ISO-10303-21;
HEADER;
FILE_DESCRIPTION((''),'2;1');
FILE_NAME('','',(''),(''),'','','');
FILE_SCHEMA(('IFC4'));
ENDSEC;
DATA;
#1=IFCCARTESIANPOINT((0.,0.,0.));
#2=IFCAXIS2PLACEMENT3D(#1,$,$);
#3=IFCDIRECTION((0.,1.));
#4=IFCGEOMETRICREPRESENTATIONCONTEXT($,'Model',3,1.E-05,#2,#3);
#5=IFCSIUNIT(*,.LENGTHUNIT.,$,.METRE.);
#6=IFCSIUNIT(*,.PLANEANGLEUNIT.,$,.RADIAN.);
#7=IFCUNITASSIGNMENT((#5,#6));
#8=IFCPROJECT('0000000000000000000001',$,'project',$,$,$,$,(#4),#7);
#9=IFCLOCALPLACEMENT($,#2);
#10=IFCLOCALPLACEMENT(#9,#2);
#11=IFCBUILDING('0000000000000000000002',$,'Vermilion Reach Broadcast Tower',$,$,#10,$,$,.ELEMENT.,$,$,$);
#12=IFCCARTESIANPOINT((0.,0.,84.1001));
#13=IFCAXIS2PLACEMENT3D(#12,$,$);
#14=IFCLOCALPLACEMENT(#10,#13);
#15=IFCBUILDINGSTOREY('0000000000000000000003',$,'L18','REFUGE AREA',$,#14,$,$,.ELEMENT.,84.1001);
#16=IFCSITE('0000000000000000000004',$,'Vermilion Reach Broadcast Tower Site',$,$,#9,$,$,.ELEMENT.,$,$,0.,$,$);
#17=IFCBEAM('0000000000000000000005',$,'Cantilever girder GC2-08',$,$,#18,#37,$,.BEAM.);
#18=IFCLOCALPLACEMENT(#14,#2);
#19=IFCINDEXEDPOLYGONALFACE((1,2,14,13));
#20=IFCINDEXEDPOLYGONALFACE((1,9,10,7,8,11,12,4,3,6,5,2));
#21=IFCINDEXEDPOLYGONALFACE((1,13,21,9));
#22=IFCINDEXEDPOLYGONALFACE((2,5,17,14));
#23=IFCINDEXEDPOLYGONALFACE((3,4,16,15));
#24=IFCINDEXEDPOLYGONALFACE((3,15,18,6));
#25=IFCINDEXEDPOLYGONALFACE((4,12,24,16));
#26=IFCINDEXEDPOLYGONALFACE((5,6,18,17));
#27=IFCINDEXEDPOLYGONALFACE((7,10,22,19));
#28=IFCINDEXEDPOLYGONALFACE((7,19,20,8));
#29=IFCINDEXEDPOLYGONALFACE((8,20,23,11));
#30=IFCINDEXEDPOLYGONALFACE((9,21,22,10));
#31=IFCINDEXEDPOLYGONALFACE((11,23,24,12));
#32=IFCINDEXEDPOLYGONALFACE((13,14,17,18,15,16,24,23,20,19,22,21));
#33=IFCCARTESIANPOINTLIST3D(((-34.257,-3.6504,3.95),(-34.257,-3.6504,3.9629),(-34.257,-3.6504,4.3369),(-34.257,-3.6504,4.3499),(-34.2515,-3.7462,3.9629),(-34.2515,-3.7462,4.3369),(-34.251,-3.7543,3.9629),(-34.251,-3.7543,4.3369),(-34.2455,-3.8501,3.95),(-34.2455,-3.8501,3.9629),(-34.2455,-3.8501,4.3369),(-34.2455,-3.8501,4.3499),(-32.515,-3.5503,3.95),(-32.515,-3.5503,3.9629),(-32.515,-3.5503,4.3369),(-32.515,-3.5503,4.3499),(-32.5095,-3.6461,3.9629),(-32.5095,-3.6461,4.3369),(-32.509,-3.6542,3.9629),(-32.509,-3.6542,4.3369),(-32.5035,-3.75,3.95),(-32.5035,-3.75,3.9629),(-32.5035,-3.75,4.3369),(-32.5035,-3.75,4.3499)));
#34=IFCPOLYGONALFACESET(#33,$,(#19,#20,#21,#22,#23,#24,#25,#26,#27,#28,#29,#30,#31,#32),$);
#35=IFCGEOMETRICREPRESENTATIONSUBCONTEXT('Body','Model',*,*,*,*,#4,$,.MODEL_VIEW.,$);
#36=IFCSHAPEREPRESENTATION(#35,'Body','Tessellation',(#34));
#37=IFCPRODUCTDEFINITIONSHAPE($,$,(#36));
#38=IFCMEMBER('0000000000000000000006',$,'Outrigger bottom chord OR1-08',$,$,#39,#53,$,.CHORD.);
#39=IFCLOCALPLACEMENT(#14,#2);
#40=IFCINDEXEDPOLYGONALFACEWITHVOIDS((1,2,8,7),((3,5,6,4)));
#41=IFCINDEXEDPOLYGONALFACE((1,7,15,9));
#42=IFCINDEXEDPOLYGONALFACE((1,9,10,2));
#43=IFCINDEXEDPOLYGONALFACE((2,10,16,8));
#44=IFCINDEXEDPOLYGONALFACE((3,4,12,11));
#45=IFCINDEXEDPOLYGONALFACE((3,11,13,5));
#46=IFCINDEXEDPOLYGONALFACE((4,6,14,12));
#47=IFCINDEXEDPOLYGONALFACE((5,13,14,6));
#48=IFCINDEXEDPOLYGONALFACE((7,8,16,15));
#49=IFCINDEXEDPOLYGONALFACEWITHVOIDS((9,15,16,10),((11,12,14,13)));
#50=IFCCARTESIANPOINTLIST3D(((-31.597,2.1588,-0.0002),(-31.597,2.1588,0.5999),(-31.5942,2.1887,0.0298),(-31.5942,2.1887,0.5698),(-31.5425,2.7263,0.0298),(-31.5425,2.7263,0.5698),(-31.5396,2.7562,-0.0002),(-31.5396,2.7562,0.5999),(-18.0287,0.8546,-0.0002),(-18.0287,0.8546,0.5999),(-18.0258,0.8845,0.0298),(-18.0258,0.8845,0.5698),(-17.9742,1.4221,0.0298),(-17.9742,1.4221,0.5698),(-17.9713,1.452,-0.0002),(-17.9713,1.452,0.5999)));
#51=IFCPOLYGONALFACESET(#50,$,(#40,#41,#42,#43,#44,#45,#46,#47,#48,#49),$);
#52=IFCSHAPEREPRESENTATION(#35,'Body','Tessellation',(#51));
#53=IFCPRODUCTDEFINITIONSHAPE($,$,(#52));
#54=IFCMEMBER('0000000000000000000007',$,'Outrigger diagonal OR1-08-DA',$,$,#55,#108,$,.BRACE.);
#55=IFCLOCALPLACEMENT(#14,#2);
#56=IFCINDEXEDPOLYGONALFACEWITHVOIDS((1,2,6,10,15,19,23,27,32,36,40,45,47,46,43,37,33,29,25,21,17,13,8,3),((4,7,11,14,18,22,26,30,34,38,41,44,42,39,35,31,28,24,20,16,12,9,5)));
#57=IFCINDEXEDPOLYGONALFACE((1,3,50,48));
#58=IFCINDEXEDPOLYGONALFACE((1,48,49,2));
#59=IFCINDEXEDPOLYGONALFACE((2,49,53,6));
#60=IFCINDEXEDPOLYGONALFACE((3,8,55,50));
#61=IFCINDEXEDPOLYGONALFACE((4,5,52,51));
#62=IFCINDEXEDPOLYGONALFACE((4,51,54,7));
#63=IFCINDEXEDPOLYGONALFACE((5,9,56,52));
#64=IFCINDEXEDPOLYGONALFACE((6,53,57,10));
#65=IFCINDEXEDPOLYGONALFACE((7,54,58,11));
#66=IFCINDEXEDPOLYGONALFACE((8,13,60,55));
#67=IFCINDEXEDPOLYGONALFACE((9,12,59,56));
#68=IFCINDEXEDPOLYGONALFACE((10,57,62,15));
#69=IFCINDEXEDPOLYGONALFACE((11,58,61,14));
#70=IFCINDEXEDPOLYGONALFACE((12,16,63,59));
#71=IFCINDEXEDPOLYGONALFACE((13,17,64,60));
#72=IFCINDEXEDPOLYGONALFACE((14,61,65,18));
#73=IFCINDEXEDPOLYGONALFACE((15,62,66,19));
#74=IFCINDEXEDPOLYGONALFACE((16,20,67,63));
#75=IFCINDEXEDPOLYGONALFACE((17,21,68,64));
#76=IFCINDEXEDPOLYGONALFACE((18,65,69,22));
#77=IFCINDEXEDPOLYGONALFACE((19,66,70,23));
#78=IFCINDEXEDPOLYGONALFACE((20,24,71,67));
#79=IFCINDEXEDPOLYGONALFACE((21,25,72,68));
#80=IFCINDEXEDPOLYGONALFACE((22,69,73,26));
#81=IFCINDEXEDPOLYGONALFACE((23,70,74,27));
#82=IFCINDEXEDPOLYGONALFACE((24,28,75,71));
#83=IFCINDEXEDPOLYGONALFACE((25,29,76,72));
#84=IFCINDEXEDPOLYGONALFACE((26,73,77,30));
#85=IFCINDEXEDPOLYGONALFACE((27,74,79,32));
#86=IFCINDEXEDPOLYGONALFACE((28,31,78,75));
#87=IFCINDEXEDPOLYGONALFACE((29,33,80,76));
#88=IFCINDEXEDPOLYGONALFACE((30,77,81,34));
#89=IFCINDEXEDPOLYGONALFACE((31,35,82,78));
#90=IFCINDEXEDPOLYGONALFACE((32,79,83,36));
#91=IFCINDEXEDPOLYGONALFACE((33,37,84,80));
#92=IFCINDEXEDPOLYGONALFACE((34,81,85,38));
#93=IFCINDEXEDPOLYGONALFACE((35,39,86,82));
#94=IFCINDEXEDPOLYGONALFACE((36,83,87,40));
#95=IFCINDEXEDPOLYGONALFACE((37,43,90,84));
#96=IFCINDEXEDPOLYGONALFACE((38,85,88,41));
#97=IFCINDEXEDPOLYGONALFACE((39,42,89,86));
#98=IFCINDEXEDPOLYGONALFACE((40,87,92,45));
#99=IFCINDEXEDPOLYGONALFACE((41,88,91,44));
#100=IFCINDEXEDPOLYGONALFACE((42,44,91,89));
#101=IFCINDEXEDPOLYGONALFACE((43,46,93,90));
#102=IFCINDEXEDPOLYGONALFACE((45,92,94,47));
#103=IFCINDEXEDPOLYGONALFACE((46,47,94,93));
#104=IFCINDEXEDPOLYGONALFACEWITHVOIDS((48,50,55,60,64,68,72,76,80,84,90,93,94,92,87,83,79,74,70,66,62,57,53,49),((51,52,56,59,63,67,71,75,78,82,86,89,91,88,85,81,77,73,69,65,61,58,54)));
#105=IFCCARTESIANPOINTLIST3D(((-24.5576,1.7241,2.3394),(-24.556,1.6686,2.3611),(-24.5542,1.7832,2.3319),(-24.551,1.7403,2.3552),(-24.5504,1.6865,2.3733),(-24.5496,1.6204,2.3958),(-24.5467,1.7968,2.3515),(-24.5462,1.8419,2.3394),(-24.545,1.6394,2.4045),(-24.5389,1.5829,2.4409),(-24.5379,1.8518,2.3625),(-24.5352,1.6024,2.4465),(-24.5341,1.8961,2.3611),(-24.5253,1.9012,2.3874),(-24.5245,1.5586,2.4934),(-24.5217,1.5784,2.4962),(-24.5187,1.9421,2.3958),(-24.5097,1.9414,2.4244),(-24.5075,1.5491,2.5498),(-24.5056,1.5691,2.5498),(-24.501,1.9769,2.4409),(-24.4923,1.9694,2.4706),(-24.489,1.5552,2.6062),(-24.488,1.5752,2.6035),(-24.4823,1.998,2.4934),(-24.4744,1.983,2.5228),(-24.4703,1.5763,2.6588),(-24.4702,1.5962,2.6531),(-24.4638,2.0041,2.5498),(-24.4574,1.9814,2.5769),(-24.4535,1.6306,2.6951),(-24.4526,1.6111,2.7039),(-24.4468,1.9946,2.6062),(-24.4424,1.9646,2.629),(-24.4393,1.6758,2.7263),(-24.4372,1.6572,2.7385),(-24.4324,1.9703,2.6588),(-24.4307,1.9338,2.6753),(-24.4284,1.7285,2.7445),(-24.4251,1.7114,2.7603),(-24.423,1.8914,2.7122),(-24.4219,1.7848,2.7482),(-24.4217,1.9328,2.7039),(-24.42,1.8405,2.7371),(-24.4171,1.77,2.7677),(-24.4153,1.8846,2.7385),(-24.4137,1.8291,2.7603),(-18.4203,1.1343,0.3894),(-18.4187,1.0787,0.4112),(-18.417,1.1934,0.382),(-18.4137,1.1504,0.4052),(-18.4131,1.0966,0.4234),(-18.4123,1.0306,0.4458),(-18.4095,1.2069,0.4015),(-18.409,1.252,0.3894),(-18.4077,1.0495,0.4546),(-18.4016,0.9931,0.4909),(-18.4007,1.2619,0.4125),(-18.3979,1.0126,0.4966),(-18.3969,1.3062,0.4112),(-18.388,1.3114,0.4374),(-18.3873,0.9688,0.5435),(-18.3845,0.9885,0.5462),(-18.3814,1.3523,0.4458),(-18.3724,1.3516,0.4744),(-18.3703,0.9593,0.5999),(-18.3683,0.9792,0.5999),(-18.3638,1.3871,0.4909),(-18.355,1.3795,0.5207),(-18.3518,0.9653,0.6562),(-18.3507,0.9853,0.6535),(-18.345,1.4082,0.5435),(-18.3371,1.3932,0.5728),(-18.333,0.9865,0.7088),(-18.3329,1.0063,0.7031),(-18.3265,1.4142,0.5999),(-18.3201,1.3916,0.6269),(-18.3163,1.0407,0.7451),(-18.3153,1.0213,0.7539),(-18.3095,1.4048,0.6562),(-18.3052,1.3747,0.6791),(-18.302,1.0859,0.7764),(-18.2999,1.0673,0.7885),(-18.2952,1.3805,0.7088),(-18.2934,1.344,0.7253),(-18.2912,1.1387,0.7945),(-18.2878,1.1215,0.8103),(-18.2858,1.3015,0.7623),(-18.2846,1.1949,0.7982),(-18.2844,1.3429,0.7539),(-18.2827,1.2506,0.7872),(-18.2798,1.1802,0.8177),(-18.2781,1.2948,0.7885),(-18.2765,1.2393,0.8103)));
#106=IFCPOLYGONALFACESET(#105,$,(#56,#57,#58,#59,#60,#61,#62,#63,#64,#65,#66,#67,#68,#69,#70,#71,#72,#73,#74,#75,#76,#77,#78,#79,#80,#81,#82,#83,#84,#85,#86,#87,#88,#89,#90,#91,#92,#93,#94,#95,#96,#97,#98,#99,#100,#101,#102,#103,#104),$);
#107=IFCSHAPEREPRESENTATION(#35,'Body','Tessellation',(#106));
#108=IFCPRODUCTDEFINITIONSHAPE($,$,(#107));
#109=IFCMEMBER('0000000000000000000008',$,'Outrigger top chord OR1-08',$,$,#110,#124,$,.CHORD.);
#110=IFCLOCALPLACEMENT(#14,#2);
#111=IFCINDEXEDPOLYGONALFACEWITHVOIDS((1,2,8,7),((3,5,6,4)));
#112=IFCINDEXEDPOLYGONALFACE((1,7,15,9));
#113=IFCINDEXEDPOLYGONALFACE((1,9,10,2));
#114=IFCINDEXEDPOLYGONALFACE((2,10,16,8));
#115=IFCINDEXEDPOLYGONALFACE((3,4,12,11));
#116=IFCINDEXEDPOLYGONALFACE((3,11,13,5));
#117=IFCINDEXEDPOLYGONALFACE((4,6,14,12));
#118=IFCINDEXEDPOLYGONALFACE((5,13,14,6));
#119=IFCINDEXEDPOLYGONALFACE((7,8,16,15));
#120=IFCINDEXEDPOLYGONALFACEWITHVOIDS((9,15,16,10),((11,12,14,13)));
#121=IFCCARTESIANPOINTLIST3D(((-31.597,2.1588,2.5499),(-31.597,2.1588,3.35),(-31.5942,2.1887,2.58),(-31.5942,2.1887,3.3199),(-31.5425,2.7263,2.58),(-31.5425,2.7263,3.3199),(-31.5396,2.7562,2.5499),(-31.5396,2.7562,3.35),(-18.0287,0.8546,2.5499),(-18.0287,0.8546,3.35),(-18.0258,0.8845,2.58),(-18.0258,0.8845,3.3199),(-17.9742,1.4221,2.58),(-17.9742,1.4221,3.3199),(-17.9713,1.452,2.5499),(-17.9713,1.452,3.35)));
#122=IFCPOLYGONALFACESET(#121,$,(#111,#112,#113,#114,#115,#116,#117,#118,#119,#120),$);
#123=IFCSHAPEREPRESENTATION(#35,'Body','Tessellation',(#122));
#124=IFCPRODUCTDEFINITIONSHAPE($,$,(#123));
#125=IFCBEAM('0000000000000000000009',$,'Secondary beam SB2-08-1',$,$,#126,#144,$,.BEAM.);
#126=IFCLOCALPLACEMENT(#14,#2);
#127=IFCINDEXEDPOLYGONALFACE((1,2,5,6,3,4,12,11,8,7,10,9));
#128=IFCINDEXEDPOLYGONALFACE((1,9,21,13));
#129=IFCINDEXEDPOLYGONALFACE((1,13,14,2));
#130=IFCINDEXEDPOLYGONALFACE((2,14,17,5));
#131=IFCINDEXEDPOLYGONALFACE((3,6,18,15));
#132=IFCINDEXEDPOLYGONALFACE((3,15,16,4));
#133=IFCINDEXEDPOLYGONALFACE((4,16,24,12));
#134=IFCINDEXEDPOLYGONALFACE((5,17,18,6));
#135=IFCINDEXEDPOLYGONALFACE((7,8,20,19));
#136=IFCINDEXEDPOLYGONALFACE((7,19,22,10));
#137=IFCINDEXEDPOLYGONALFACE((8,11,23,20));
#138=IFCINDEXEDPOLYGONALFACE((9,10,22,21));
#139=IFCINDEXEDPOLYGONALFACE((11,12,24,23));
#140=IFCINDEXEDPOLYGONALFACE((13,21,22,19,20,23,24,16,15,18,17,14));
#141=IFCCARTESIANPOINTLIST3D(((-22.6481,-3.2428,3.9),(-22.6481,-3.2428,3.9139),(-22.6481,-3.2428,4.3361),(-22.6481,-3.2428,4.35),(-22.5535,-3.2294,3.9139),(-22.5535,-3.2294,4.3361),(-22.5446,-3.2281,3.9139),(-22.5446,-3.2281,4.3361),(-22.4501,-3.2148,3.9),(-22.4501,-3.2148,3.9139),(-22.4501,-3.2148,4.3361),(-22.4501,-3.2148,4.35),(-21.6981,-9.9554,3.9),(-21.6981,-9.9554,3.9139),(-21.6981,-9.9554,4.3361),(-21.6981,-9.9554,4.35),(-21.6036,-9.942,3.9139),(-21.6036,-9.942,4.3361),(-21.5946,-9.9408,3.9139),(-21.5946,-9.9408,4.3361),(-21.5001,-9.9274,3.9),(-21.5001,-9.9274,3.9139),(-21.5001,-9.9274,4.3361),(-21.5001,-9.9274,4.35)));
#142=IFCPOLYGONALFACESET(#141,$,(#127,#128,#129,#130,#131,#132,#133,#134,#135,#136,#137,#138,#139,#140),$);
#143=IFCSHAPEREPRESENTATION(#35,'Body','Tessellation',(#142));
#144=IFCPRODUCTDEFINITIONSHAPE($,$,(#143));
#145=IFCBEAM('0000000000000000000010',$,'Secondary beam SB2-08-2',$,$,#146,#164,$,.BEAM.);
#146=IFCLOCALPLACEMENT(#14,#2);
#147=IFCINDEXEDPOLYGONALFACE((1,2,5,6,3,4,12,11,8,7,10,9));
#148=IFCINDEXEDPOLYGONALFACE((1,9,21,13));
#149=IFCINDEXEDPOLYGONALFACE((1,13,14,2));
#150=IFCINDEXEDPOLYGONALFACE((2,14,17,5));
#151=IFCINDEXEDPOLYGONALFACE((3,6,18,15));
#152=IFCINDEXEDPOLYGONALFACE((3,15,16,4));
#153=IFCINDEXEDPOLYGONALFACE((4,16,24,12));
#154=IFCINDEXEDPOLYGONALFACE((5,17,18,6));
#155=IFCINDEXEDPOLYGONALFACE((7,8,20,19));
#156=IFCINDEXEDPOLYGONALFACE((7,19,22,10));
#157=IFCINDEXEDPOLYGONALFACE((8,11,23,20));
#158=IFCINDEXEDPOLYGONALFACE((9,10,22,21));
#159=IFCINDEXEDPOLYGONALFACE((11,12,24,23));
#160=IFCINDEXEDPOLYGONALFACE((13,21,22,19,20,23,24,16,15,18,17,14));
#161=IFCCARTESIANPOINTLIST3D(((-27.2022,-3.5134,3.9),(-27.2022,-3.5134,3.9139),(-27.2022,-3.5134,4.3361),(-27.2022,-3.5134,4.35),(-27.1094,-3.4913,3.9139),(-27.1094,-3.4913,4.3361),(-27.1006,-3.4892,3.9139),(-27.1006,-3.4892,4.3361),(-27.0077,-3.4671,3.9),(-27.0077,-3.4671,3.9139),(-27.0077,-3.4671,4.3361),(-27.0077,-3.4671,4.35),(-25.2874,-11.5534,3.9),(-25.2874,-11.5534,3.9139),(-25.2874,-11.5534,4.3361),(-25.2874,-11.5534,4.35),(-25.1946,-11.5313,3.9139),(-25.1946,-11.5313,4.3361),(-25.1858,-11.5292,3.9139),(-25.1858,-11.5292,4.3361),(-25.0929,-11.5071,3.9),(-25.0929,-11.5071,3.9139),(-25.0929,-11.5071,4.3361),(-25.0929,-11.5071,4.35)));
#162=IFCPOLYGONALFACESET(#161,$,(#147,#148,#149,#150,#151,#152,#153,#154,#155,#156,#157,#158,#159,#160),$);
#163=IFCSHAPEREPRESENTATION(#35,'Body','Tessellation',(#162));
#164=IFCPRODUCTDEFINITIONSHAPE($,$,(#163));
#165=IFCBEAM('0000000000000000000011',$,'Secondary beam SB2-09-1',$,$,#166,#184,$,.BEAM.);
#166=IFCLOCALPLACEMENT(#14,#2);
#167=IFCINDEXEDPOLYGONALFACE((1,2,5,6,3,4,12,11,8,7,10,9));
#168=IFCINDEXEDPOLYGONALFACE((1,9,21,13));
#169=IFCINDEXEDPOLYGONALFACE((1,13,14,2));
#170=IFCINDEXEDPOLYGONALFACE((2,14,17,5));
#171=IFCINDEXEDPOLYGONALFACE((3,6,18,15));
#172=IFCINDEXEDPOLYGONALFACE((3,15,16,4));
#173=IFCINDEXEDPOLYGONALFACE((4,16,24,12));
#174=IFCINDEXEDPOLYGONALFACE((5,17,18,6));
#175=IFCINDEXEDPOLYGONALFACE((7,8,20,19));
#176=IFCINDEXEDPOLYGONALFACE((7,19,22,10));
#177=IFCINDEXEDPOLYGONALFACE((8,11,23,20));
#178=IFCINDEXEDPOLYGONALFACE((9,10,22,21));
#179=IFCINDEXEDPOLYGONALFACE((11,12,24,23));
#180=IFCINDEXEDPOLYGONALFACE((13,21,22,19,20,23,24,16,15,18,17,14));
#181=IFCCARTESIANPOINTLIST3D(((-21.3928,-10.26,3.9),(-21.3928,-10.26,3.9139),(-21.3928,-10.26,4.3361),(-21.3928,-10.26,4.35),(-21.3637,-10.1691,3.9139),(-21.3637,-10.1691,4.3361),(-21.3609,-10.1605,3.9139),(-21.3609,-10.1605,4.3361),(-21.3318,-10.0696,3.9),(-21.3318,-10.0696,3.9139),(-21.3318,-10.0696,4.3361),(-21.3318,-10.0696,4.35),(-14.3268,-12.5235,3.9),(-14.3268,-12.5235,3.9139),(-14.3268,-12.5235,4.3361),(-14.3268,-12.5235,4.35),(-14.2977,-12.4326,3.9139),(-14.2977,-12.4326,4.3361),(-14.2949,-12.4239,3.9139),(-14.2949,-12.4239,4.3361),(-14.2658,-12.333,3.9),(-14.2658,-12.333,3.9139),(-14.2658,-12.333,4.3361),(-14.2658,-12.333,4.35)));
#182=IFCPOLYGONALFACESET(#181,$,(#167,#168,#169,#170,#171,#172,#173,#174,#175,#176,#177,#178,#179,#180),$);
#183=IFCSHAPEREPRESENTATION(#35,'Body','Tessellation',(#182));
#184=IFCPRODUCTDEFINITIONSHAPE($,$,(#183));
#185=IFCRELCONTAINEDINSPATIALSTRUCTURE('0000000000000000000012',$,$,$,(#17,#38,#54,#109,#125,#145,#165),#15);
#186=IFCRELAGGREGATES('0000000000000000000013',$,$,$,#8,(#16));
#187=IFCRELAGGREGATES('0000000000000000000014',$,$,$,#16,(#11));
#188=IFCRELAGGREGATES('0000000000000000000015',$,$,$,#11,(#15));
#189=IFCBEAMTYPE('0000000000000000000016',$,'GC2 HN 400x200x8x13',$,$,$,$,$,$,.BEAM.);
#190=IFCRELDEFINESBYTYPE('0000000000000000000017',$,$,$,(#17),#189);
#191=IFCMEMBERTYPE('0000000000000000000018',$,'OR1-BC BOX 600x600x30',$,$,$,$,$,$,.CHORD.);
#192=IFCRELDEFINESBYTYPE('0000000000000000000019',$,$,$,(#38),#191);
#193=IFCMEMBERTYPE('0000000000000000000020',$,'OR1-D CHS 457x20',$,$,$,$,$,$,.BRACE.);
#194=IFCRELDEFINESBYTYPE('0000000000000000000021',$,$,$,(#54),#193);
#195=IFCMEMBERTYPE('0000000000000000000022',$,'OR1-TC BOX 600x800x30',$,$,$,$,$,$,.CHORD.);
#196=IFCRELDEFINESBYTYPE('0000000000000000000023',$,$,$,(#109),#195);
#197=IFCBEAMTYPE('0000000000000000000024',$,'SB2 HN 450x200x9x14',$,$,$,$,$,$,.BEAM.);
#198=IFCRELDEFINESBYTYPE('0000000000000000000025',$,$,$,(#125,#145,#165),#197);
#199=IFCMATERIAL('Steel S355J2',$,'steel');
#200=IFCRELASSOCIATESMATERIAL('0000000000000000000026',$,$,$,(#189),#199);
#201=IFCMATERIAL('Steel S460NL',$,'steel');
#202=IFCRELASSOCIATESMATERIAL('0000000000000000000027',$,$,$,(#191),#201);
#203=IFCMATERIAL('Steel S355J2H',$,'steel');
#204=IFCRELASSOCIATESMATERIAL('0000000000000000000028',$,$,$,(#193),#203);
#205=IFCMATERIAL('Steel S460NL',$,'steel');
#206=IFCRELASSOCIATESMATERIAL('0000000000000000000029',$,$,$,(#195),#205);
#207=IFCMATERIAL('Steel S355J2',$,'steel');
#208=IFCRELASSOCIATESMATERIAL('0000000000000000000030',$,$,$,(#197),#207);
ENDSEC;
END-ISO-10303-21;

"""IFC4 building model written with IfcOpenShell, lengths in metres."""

from ifc_helpers import new_model, si_unit, direction, frame, origin, origin_2d, place, context, subcontext, project, spatial, hollow_rectangle, hollow_circle, i_section, extrude, material, material_profile, profile_set, type_object, element, save


model = new_model("IFC4")

# Units and contexts
model_context = context("Model", 3, precision=1e-05, world=origin(), true_north=direction((0.0, 1.0)))
body_context = subcontext(model_context, "Body", "Model", "MODEL_VIEW")
ifc_project = project(units=[si_unit("LENGTHUNIT", "METRE"), si_unit("PLANEANGLEUNIT", "RADIAN")], contexts=[model_context])

# Site, building, storey
site_placement = place(None, origin())
site = spatial("IfcSite", under=ifc_project, at=site_placement, Name="Vermilion Reach Broadcast Tower Site", CompositionType="ELEMENT", RefElevation=0.0)
building_placement = place(site_placement, origin())
building = spatial("IfcBuilding", under=site, at=building_placement, Name="Vermilion Reach Broadcast Tower", CompositionType="ELEMENT")
storey_placement = place(building_placement, frame((0.0, 0.0, 84.1001)))
storey = spatial("IfcBuildingStorey", under=building, at=storey_placement, Name="L18", Description="REFUGE AREA", CompositionType="ELEMENT", Elevation=84.1001)

# Beam
ifc_material_1 = material(Name="Steel S355J2", Category="steel")
ifc_material_profile_1 = material_profile(ifc_material_1, i_section(OverallWidth=0.2, OverallDepth=0.3999, WebThickness=0.0081, FlangeThickness=0.0129, at=origin_2d()), Name="S355J2 HN 400x200x8x13")
ifc_profile_set_1 = profile_set([ifc_material_profile_1], Name="Steel S355J2")
beam_type_1 = type_object("IfcBeamType", Name="GC2 HN 400x200x8x13", PredefinedType="BEAM", material=ifc_profile_set_1)
beam_1_placement = place(storey_placement, frame((-32.5093, -3.6501, 4.1499), z_axis=(-0.998353, -0.057369, 0.0), x_axis=(0.057369, -0.998353, 0.0)))
element("IfcBeam", 1, at=beam_1_placement, inside=storey, type_object=beam_type_1, Name="Cantilever girder GC2-08", PredefinedType="BEAM", context=body_context, shape_type="SweptSolid", body=[
    extrude(i_section(OverallWidth=0.2, OverallDepth=0.3999, WebThickness=0.0081, FlangeThickness=0.0129, at=origin_2d()), origin(), (0.0, 0.0, 1.0), 1.7449),
])

# Members
ifc_material_2 = material(Name="Steel S460NL", Category="steel")
ifc_material_profile_2 = material_profile(ifc_material_2, hollow_rectangle(XDim=0.6001, YDim=0.6001, WallThickness=0.03, at=origin_2d()), Name="S460NL BOX 600x600x30")
ifc_profile_set_2 = profile_set([ifc_material_profile_2], Name="Steel S460NL")
member_type_1 = type_object("IfcMemberType", Name="OR1-BC BOX 600x600x30", PredefinedType="CHORD", material=ifc_profile_set_2)
member_1_placement = place(storey_placement, frame((-18.0, 1.1533, 0.2998), z_axis=(-0.995412, 0.09568, 0.0), x_axis=(-0.09568, -0.995412, 0.0)))
element("IfcMember", 2, at=member_1_placement, inside=storey, type_object=member_type_1, Name="Outrigger bottom chord OR1-08", PredefinedType="CHORD", context=body_context, shape_type="SweptSolid", body=[
    extrude(hollow_rectangle(XDim=0.6001, YDim=0.6001, WallThickness=0.03, at=origin_2d()), origin(), (0.0, 0.0, 1.0), 13.6309),
])
ifc_material_3 = material(Name="Steel S355J2H", Category="steel")
ifc_material_profile_3 = material_profile(ifc_material_3, hollow_circle(Radius=0.2285, WallThickness=0.02, at=origin_2d()), Name="S355J2H CHS 457x20")
ifc_profile_set_3 = profile_set([ifc_material_profile_3], Name="Steel S355J2H")
member_type_2 = type_object("IfcMemberType", Name="OR1-D CHS 457x20", PredefinedType="BRACE", material=ifc_profile_set_3)
member_2_placement = place(storey_placement, frame((-18.3484, 1.1868, 0.5999), z_axis=(-0.949078, 0.091215, 0.301547), x_axis=(-0.095669, -0.995413, 0.0)))
element("IfcMember", 3, at=member_2_placement, inside=storey, type_object=member_type_2, Name="Outrigger diagonal OR1-08-DA", PredefinedType="BRACE", context=body_context, shape_type="SweptSolid", body=[
    extrude(hollow_circle(Radius=0.2285, WallThickness=0.02, at=origin_2d()), origin(), (0.0, 0.0, 1.0), 6.4666),
])
ifc_material_4 = material(Name="Steel S460NL", Category="steel")
ifc_material_profile_4 = material_profile(ifc_material_4, hollow_rectangle(XDim=0.6001, YDim=0.8, WallThickness=0.03, at=origin_2d()), Name="S460NL BOX 600x800x30")
ifc_profile_set_4 = profile_set([ifc_material_profile_4], Name="Steel S460NL")
member_type_3 = type_object("IfcMemberType", Name="OR1-TC BOX 600x800x30", PredefinedType="CHORD", material=ifc_profile_set_4)
member_3_placement = place(storey_placement, frame((-18.0, 1.1533, 2.95), z_axis=(-0.995412, 0.09568, 0.0), x_axis=(-0.09568, -0.995412, 0.0)))
element("IfcMember", 4, at=member_3_placement, inside=storey, type_object=member_type_3, Name="Outrigger top chord OR1-08", PredefinedType="CHORD", context=body_context, shape_type="SweptSolid", body=[
    extrude(hollow_rectangle(XDim=0.6001, YDim=0.8, WallThickness=0.03, at=origin_2d()), origin(), (0.0, 0.0, 1.0), 13.6309),
])

# Beams
ifc_material_5 = material(Name="Steel S355J2", Category="steel")
ifc_material_profile_5 = material_profile(ifc_material_5, i_section(OverallWidth=0.2, OverallDepth=0.45, WebThickness=0.009, FlangeThickness=0.0139, at=origin_2d()), Name="S355J2 HN 450x200x9x14")
ifc_profile_set_5 = profile_set([ifc_material_profile_5], Name="Steel S355J2")
beam_type_2 = type_object("IfcBeamType", Name="SB2 HN 450x200x9x14", PredefinedType="BEAM", material=ifc_profile_set_5)
beam_2_placement = place(storey_placement, frame((-22.5491, -3.2288, 4.125), z_axis=(0.140121, -0.990134, 0.0), x_axis=(0.990134, 0.140121, 0.0)))
element("IfcBeam", 5, at=beam_2_placement, inside=storey, type_object=beam_type_2, Name="Secondary beam SB2-08-1", PredefinedType="BEAM", context=body_context, shape_type="SweptSolid", body=[
    extrude(i_section(OverallWidth=0.2, OverallDepth=0.45, WebThickness=0.009, FlangeThickness=0.0139, at=origin_2d()), origin(), (0.0, 0.0, 1.0), 6.7795),
])
beam_3_placement = place(storey_placement, frame((-27.105, -3.4902, 4.125), z_axis=(0.231678, -0.972793, 0.0), x_axis=(0.972793, 0.231678, 0.0)))
element("IfcBeam", 6, at=beam_3_placement, inside=storey, type_object=beam_type_2, Name="Secondary beam SB2-08-2", PredefinedType="BEAM", context=body_context, shape_type="SweptSolid", body=[
    extrude(i_section(OverallWidth=0.2, OverallDepth=0.45, WebThickness=0.009, FlangeThickness=0.0139, at=origin_2d()), origin(), (0.0, 0.0, 1.0), 8.2649),
])
beam_4_placement = place(storey_placement, frame((-21.3623, -10.1648, 4.125), z_axis=(0.952333, -0.305061, 0.0), x_axis=(0.305061, 0.952333, 0.0)))
element("IfcBeam", 7, at=beam_4_placement, inside=storey, type_object=beam_type_2, Name="Secondary beam SB2-09-1", PredefinedType="BEAM", context=body_context, shape_type="SweptSolid", body=[
    extrude(i_section(OverallWidth=0.2, OverallDepth=0.45, WebThickness=0.009, FlangeThickness=0.0139, at=origin_2d()), origin(), (0.0, 0.0, 1.0), 7.4197),
])

save(model, "model.ifc")
